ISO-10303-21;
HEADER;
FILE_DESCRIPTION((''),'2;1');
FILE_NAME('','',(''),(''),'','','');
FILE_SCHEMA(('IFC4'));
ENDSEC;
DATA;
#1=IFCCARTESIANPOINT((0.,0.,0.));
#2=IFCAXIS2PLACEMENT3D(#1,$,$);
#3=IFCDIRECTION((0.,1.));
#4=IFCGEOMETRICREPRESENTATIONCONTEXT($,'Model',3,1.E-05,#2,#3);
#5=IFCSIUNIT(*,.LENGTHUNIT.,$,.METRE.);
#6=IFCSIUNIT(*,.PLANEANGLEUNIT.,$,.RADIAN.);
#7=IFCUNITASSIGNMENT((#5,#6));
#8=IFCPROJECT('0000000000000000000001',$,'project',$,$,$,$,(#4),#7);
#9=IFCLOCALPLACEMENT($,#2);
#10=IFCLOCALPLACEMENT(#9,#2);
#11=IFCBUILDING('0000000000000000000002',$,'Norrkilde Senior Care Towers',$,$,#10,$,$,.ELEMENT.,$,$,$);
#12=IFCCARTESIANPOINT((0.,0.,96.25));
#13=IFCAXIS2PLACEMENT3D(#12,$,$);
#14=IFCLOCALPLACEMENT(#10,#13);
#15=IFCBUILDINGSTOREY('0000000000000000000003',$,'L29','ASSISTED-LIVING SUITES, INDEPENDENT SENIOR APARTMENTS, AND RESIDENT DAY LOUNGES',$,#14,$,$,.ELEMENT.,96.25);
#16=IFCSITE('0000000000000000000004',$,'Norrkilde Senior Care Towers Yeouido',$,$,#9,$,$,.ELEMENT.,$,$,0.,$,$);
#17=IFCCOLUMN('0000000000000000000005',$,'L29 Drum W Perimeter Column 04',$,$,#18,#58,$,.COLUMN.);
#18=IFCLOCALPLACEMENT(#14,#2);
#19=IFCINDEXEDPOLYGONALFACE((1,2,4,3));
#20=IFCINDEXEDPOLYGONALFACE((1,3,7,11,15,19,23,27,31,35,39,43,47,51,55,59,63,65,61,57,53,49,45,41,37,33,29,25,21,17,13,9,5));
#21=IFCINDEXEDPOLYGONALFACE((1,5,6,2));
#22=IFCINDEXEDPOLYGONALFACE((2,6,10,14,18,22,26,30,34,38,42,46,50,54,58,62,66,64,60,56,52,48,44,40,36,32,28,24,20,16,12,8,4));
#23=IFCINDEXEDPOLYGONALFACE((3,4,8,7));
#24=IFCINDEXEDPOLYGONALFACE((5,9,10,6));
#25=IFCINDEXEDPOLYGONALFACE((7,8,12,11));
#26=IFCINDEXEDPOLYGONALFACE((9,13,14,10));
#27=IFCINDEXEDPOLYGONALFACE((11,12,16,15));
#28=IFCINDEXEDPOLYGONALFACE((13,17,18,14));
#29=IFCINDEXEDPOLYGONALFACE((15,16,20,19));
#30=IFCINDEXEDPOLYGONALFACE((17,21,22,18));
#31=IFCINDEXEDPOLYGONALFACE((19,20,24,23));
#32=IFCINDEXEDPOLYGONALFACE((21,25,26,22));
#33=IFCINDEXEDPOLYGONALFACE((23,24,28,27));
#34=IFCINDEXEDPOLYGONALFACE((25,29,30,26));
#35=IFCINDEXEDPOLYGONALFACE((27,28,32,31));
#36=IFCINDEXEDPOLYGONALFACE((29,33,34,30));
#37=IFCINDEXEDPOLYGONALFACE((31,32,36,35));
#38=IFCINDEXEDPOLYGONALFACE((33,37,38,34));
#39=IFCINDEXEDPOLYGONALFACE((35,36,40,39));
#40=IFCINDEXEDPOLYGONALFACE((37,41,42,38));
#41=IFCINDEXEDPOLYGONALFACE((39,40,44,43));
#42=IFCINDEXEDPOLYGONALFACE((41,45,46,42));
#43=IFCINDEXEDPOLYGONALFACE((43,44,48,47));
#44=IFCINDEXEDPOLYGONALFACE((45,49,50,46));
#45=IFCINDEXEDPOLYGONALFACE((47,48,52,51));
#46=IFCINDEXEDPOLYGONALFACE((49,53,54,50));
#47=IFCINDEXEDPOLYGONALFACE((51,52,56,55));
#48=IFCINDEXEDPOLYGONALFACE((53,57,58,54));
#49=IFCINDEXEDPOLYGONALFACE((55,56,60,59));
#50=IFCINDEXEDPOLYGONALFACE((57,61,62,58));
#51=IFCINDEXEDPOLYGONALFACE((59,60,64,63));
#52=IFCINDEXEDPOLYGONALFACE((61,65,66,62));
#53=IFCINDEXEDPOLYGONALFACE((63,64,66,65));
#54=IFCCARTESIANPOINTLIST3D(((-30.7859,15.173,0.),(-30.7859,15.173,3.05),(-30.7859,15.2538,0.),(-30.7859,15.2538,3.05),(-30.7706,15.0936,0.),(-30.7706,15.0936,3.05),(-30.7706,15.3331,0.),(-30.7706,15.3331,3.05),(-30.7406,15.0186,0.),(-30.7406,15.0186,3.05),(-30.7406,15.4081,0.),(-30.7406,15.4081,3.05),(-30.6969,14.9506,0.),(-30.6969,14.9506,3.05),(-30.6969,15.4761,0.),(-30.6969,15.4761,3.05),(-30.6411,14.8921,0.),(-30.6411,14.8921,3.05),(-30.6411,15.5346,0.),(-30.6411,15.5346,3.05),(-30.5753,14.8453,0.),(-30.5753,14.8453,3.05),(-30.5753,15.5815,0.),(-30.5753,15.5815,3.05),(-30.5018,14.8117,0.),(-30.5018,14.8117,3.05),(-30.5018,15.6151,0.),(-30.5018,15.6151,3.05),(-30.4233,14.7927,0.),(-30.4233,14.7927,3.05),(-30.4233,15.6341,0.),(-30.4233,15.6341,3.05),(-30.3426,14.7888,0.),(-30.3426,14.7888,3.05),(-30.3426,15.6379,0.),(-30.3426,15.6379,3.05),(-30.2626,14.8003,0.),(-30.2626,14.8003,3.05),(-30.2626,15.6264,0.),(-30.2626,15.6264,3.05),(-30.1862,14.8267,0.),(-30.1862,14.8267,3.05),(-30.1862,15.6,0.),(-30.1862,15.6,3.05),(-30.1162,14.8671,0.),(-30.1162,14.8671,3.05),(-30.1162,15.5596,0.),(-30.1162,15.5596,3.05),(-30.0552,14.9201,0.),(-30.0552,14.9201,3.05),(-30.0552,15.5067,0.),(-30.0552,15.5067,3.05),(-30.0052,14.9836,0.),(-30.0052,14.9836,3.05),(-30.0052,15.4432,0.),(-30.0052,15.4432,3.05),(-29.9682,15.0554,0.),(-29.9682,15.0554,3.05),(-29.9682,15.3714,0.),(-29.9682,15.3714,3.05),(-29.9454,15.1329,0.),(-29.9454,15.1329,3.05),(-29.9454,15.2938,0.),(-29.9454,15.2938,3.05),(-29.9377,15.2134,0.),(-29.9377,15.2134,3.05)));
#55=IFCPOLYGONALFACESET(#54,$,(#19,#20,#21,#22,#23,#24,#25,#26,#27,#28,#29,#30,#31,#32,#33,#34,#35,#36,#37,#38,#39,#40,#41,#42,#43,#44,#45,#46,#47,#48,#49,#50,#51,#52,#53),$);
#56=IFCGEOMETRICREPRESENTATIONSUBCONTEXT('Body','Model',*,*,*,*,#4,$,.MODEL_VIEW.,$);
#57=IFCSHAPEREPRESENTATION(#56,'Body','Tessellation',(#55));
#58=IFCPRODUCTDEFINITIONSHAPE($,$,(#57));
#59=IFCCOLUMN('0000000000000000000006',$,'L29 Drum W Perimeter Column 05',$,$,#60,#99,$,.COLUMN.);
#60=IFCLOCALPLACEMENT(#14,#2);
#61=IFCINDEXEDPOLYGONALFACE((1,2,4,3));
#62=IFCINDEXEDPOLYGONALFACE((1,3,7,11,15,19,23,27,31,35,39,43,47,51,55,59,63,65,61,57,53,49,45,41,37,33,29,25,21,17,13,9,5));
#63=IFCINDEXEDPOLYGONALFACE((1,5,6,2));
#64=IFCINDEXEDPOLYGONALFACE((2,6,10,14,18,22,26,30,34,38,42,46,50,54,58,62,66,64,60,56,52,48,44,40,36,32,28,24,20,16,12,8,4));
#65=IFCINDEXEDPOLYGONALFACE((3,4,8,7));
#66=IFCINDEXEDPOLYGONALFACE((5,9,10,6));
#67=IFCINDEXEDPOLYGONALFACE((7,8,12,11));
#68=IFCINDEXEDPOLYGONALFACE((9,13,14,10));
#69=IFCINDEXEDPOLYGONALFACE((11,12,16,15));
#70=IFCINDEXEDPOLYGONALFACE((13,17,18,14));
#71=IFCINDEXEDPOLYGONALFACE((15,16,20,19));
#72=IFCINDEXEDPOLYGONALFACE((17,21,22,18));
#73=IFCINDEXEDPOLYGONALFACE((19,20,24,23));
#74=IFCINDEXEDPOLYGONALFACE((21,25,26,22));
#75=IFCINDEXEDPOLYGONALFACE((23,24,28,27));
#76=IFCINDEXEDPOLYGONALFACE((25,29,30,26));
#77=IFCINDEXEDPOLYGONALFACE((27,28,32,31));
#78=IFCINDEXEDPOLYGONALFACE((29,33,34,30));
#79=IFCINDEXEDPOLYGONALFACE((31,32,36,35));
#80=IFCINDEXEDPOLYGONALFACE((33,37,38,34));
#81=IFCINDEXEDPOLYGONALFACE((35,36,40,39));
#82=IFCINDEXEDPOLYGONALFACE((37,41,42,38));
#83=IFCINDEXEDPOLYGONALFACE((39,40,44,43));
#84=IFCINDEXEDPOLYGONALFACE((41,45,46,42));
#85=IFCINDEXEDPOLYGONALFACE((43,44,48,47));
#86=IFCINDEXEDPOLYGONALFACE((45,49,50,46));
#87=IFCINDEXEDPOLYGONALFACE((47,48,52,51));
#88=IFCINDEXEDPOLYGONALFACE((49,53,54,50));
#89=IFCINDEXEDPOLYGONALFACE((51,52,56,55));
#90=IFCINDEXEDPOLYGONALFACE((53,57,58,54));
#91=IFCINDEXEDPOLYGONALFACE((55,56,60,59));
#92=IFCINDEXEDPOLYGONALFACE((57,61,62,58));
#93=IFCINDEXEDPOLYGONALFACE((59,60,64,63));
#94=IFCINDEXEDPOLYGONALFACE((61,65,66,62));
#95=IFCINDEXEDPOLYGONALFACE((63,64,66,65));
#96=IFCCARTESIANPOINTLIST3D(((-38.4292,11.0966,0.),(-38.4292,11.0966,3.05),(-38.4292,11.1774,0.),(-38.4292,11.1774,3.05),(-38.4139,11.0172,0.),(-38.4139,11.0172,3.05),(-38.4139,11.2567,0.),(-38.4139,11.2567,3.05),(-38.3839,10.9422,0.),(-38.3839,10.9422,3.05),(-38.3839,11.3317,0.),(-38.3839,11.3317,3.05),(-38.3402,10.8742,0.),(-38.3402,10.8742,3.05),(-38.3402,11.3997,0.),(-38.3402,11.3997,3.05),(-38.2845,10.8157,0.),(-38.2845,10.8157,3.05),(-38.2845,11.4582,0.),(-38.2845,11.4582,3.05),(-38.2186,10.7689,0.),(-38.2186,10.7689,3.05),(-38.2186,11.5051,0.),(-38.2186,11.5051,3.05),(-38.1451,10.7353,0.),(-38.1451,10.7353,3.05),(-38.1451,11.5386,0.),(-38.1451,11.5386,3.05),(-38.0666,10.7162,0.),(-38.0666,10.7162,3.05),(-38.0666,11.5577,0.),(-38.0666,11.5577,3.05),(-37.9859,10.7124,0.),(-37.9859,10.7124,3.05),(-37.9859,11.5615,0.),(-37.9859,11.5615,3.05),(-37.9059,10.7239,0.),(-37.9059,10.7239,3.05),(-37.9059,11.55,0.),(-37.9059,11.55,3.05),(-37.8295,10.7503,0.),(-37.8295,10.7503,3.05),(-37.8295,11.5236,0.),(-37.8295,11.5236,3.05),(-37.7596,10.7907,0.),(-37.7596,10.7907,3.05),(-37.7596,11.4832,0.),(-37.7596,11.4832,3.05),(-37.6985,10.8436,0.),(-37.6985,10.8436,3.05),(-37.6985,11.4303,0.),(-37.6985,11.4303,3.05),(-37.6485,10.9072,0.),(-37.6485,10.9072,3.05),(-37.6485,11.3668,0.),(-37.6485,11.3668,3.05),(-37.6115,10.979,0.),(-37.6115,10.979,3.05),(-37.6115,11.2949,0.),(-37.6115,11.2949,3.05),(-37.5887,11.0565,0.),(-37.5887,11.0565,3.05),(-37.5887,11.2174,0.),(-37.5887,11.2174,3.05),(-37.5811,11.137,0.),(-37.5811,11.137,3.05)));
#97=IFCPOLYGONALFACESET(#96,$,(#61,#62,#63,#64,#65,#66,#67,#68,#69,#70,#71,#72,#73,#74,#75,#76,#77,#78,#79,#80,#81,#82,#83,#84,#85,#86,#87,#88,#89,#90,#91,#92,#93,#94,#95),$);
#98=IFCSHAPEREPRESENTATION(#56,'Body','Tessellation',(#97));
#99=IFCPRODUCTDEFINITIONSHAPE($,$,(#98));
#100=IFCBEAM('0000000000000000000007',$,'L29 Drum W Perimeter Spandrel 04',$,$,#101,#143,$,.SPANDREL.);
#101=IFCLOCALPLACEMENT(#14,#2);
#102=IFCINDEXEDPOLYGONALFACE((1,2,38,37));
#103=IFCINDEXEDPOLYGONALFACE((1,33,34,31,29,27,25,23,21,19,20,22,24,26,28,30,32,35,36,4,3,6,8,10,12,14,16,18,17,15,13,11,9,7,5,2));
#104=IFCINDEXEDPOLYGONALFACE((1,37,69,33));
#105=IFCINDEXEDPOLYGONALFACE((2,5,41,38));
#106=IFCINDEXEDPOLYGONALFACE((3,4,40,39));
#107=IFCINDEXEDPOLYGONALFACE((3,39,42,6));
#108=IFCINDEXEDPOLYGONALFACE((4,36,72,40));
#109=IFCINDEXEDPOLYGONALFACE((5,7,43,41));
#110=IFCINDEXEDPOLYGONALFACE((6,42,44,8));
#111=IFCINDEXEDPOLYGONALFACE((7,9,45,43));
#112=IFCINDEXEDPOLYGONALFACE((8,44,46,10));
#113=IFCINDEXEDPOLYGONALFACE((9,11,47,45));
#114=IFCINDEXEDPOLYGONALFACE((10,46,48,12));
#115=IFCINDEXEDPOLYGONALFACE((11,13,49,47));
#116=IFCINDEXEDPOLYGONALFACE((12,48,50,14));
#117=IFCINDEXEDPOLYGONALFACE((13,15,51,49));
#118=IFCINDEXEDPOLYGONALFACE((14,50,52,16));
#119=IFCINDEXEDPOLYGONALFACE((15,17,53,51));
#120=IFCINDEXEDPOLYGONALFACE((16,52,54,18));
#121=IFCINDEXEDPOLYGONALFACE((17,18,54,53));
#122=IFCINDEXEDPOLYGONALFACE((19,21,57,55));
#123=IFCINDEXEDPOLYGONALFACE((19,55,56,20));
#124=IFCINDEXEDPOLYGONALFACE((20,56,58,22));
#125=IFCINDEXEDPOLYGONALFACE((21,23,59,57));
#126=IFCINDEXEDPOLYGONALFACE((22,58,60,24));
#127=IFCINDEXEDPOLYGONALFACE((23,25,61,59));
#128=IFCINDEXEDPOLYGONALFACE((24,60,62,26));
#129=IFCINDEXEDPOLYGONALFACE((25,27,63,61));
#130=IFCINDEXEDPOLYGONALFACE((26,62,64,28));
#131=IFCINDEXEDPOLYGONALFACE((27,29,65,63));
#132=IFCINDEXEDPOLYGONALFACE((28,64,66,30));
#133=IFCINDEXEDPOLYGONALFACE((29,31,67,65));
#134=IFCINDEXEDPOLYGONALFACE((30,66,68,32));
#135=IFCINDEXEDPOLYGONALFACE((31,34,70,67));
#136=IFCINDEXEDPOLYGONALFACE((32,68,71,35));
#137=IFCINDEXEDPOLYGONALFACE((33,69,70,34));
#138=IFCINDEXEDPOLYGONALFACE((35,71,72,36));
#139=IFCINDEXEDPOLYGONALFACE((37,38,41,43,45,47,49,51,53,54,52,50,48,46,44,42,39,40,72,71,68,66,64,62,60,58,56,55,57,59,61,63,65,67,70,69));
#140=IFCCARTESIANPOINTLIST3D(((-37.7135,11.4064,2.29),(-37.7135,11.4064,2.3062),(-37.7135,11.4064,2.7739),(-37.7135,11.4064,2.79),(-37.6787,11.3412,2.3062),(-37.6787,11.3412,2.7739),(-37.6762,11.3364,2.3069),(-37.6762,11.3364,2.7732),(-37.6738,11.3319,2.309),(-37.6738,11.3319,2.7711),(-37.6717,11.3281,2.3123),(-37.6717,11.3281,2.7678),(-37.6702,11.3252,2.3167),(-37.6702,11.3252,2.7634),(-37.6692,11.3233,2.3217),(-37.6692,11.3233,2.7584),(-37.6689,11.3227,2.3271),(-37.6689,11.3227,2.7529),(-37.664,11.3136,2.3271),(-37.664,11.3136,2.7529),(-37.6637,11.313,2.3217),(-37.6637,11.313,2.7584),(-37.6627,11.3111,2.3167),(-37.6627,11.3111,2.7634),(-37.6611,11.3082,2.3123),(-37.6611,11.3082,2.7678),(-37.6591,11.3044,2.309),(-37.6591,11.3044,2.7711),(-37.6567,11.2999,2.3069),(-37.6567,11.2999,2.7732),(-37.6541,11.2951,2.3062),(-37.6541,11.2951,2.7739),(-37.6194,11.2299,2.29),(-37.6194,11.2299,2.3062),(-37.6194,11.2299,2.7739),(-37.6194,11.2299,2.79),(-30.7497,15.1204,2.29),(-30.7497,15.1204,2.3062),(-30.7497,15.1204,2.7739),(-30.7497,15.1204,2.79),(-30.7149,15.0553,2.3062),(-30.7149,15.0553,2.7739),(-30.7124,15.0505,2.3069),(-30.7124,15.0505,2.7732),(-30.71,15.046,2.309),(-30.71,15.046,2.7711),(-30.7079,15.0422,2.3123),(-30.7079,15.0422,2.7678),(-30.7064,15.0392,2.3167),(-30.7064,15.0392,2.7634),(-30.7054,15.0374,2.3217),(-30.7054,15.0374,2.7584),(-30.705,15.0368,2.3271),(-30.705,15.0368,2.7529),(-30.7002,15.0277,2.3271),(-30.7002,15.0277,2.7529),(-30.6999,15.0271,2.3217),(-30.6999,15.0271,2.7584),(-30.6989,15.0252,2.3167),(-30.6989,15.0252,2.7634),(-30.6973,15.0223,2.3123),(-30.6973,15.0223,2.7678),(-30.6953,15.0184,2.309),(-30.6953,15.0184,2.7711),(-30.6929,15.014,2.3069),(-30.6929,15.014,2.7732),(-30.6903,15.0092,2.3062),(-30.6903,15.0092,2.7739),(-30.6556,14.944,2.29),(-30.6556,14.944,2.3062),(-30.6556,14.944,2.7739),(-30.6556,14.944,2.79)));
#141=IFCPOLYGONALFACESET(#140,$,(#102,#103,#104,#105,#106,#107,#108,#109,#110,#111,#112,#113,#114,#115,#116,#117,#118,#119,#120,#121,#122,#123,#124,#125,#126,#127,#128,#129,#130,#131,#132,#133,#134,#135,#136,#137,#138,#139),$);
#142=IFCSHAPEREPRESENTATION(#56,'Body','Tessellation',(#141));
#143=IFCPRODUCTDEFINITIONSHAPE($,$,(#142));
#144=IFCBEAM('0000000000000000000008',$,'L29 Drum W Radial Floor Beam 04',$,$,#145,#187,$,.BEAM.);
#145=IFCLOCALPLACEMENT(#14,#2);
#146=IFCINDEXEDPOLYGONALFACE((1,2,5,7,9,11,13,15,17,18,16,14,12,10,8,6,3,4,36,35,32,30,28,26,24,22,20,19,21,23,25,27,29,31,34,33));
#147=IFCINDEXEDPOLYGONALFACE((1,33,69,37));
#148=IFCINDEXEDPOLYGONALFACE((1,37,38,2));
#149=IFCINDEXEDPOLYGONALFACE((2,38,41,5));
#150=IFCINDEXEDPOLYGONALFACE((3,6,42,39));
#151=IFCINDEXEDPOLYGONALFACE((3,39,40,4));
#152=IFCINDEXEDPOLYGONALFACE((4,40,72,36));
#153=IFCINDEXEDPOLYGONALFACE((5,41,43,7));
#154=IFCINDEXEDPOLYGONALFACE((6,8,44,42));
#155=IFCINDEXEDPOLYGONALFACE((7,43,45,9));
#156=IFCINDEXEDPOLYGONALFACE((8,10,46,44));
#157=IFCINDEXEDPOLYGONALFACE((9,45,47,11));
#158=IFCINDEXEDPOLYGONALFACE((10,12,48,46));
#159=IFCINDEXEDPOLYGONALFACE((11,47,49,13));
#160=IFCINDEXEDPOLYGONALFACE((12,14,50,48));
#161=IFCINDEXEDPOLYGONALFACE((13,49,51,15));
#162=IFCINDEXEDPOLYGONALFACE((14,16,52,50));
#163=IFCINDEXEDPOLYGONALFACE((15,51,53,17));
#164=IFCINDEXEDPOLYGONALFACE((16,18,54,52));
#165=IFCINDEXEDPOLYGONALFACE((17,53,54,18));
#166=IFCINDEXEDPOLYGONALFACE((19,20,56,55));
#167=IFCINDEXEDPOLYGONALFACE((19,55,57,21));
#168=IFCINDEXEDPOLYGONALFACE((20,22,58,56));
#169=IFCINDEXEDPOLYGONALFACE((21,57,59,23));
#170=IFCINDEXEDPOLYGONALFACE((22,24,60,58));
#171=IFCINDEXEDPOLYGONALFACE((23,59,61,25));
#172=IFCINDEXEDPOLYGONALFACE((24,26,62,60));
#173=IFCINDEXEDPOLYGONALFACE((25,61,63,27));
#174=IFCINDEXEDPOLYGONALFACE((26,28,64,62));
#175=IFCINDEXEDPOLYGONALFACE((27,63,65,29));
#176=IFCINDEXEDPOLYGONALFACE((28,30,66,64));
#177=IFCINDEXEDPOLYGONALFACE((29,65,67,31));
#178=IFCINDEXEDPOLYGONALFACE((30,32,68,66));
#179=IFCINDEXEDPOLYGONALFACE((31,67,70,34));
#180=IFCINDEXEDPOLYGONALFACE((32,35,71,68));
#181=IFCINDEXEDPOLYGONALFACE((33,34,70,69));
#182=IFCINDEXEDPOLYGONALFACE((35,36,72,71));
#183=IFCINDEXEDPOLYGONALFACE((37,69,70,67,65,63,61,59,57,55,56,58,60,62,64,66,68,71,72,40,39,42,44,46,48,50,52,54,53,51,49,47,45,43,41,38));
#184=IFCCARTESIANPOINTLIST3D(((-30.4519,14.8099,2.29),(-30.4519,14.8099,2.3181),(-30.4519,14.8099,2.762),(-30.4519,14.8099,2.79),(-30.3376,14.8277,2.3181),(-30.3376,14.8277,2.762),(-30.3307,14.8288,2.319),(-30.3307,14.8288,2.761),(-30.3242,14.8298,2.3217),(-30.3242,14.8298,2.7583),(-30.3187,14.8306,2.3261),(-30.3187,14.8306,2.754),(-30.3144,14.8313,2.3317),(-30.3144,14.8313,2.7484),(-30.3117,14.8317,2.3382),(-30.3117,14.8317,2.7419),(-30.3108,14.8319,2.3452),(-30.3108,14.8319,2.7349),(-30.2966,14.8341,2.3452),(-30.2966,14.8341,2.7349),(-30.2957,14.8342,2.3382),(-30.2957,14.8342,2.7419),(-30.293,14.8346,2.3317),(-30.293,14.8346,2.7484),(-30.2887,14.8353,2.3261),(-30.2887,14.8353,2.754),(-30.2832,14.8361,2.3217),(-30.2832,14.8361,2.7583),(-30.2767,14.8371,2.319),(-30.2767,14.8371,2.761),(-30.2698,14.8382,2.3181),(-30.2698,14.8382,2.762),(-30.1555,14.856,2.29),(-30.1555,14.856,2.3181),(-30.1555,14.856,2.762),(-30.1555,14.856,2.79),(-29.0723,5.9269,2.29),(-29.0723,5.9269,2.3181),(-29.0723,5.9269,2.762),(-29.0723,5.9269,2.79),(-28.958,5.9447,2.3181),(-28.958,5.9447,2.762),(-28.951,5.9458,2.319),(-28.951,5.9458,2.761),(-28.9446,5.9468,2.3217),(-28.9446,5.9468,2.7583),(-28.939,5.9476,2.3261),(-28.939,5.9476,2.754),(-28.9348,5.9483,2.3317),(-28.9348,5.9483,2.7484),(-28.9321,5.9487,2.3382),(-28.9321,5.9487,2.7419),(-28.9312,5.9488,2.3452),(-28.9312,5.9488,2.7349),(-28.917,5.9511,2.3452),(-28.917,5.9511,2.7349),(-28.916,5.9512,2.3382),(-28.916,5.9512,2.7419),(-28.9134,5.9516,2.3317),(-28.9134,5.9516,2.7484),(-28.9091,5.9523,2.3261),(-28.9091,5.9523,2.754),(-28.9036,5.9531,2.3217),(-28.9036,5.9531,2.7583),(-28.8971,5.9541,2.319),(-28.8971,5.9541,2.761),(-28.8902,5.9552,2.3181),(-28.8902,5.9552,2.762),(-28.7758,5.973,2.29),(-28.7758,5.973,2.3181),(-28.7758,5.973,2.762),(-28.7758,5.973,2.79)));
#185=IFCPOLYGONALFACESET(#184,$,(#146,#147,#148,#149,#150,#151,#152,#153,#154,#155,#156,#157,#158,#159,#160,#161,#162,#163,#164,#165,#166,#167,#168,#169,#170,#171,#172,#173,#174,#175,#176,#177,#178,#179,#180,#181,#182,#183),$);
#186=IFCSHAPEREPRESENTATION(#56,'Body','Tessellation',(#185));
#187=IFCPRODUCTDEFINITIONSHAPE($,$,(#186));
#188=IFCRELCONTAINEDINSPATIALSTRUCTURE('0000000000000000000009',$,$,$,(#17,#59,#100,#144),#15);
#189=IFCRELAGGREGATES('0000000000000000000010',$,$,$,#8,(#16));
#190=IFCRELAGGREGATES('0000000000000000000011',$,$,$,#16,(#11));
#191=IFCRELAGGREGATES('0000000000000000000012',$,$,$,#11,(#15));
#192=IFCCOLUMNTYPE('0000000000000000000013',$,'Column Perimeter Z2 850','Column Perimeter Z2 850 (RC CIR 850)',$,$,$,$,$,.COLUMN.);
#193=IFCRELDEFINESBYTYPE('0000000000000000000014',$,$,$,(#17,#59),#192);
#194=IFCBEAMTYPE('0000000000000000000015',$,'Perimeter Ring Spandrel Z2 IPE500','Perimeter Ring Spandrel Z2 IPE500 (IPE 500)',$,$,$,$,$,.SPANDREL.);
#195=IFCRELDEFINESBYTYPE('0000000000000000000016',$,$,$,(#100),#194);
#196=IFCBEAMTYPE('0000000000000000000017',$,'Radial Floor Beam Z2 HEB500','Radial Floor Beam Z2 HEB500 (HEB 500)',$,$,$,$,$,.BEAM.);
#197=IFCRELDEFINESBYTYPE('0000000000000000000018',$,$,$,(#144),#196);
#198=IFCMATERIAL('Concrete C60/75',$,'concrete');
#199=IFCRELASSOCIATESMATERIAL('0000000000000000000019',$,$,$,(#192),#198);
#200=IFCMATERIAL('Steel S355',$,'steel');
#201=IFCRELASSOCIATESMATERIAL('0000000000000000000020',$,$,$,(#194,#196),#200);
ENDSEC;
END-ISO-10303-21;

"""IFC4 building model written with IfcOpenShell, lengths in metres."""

from ifc_helpers import new_model, si_unit, direction, frame, origin, origin_2d, place, context, subcontext, project, spatial, circle, i_section, extrude, source, transform, mapped, material, material_profile, profile_set, type_object, type_shapes, element, save


model = new_model("IFC4")

# Units and contexts
model_context = context("Model", 3, precision=1e-05, world=origin(), true_north=direction((0.0, 1.0)))
body_context = subcontext(model_context, "Body", "Model", "MODEL_VIEW")
ifc_project = project(units=[si_unit("LENGTHUNIT", "METRE"), si_unit("PLANEANGLEUNIT", "RADIAN")], contexts=[model_context])

# Site, building, storey
site_placement = place(None, origin())
site = spatial("IfcSite", under=ifc_project, at=site_placement, Name="Norrkilde Senior Care Towers Yeouido", CompositionType="ELEMENT", RefElevation=0.0)
building_placement = place(site_placement, origin())
building = spatial("IfcBuilding", under=site, at=building_placement, Name="Norrkilde Senior Care Towers", CompositionType="ELEMENT")
storey_placement = place(building_placement, frame((0.0, 0.0, 96.25)))
storey = spatial("IfcBuildingStorey", under=building, at=storey_placement, Name="L29", Description="ASSISTED-LIVING SUITES, INDEPENDENT SENIOR APARTMENTS, AND RESIDENT DAY LOUNGES", CompositionType="ELEMENT", Elevation=96.25)

# Columns
ifc_material_1 = material(Name="Concrete C60/75", Category="concrete")
ifc_material_profile_1 = material_profile(ifc_material_1, circle(Radius=0.425, at=origin_2d()), Name="RC CIR 850")
ifc_profile_set_1 = profile_set([ifc_material_profile_1], Name="Concrete C60/75")
column_type = type_object("IfcColumnType", Name="Column Perimeter Z2 850", Description="Column Perimeter Z2 850 (RC CIR 850)", PredefinedType="COLUMN", material=ifc_profile_set_1)
shared_shape_1 = source(origin(), body_context, "Body", "SweptSolid", [
    extrude(circle(Radius=0.425, at=origin_2d()), origin(), (0.0, 0.0, 1.0), 3.05),
])
type_shapes(column_type, [shared_shape_1])
for number, where, z_axis, x_axis, name in (
    (1, (-30.3628, 15.2134, 0.0), (0.0, 0.0, 1.0), (1.0, 0.0, 0.0), "L29 Drum W Perimeter Column 04"),
    (2, (-38.0061, 11.137, 0.0), (0.0, 0.0, 1.0), (1.0, 0.0, 0.0), "L29 Drum W Perimeter Column 05"),
):
    element("IfcColumn", number, at=place(storey_placement, frame(where, z_axis=z_axis, x_axis=x_axis)), inside=storey, type_object=column_type, Name=name, PredefinedType="COLUMN", context=body_context, shape_type="MappedRepresentation", body=[
        mapped(shared_shape_1, transform((0.0, 0.0, 0.0), x_axis=(1.0, 0.0, 0.0), y_axis=(0.0, 1.0, 0.0), z_axis=(0.0, 0.0, 1.0), scale=1.0)),
    ])

# Beams
ifc_material_2 = material(Name="Steel S355", Category="steel")
ifc_material_profile_2 = material_profile(ifc_material_2, i_section(OverallWidth=0.2, OverallDepth=0.5, WebThickness=0.0103, FlangeThickness=0.0161, FilletRadius=0.021, at=origin_2d()), Name="IPE 500")
ifc_profile_set_2 = profile_set([ifc_material_profile_2], Name="Steel S355")
beam_type_1 = type_object("IfcBeamType", Name="Perimeter Ring Spandrel Z2 IPE500", Description="Perimeter Ring Spandrel Z2 IPE500 (IPE 500)", PredefinedType="SPANDREL", material=ifc_profile_set_2)
shared_shape_2 = source(origin(), body_context, "Body", "SweptSolid", [
    extrude(i_section(OverallWidth=0.2, OverallDepth=0.5, WebThickness=0.0103, FlangeThickness=0.0161, FilletRadius=0.021, at=origin_2d()), origin(), (0.0, 0.0, 1.0), 7.8923),
])
beam_1_placement = place(storey_placement, frame((-30.7026, 15.0322, 2.54), z_axis=(-0.88235, -0.470593, 0.0), x_axis=(0.470593, -0.88235, 0.0)))
element("IfcBeam", 3, at=beam_1_placement, inside=storey, type_object=beam_type_1, Name="L29 Drum W Perimeter Spandrel 04", PredefinedType="SPANDREL", context=body_context, shape_type="MappedRepresentation", body=[
    mapped(shared_shape_2, transform((0.0, 0.0, 0.0), x_axis=(1.0, 0.0, 0.0), y_axis=(0.0, 1.0, 0.0), z_axis=(0.0, 0.0, 1.0), scale=1.0)),
])
ifc_material_profile_3 = material_profile(ifc_material_2, i_section(OverallWidth=0.3, OverallDepth=0.5, WebThickness=0.0144, FlangeThickness=0.0281, FilletRadius=0.0271, at=origin_2d()), Name="HEB 500")
ifc_profile_set_3 = profile_set([ifc_material_profile_3], Name="Steel S355")
beam_type_2 = type_object("IfcBeamType", Name="Radial Floor Beam Z2 HEB500", Description="Radial Floor Beam Z2 HEB500 (HEB 500)", PredefinedType="BEAM", material=ifc_profile_set_3)
shared_shape_3 = source(origin(), body_context, "Body", "SweptSolid", [
    extrude(i_section(OverallWidth=0.3, OverallDepth=0.5, WebThickness=0.0144, FlangeThickness=0.0281, FilletRadius=0.0271, at=origin_2d()), origin(), (0.0, 0.0, 1.0), 8.9895),
])
beam_2_placement = place(storey_placement, frame((-28.9241, 5.95, 2.54), z_axis=(-0.153471, 0.988153, 0.0), x_axis=(-0.988153, -0.153471, 0.0)))
element("IfcBeam", 4, at=beam_2_placement, inside=storey, type_object=beam_type_2, Name="L29 Drum W Radial Floor Beam 04", PredefinedType="BEAM", context=body_context, shape_type="MappedRepresentation", body=[
    mapped(shared_shape_3, transform((0.0, 0.0, 0.0), x_axis=(1.0, 0.0, 0.0), y_axis=(0.0, 1.0, 0.0), z_axis=(0.0, 0.0, 1.0), scale=1.0)),
])

save(model, "model.ifc")
